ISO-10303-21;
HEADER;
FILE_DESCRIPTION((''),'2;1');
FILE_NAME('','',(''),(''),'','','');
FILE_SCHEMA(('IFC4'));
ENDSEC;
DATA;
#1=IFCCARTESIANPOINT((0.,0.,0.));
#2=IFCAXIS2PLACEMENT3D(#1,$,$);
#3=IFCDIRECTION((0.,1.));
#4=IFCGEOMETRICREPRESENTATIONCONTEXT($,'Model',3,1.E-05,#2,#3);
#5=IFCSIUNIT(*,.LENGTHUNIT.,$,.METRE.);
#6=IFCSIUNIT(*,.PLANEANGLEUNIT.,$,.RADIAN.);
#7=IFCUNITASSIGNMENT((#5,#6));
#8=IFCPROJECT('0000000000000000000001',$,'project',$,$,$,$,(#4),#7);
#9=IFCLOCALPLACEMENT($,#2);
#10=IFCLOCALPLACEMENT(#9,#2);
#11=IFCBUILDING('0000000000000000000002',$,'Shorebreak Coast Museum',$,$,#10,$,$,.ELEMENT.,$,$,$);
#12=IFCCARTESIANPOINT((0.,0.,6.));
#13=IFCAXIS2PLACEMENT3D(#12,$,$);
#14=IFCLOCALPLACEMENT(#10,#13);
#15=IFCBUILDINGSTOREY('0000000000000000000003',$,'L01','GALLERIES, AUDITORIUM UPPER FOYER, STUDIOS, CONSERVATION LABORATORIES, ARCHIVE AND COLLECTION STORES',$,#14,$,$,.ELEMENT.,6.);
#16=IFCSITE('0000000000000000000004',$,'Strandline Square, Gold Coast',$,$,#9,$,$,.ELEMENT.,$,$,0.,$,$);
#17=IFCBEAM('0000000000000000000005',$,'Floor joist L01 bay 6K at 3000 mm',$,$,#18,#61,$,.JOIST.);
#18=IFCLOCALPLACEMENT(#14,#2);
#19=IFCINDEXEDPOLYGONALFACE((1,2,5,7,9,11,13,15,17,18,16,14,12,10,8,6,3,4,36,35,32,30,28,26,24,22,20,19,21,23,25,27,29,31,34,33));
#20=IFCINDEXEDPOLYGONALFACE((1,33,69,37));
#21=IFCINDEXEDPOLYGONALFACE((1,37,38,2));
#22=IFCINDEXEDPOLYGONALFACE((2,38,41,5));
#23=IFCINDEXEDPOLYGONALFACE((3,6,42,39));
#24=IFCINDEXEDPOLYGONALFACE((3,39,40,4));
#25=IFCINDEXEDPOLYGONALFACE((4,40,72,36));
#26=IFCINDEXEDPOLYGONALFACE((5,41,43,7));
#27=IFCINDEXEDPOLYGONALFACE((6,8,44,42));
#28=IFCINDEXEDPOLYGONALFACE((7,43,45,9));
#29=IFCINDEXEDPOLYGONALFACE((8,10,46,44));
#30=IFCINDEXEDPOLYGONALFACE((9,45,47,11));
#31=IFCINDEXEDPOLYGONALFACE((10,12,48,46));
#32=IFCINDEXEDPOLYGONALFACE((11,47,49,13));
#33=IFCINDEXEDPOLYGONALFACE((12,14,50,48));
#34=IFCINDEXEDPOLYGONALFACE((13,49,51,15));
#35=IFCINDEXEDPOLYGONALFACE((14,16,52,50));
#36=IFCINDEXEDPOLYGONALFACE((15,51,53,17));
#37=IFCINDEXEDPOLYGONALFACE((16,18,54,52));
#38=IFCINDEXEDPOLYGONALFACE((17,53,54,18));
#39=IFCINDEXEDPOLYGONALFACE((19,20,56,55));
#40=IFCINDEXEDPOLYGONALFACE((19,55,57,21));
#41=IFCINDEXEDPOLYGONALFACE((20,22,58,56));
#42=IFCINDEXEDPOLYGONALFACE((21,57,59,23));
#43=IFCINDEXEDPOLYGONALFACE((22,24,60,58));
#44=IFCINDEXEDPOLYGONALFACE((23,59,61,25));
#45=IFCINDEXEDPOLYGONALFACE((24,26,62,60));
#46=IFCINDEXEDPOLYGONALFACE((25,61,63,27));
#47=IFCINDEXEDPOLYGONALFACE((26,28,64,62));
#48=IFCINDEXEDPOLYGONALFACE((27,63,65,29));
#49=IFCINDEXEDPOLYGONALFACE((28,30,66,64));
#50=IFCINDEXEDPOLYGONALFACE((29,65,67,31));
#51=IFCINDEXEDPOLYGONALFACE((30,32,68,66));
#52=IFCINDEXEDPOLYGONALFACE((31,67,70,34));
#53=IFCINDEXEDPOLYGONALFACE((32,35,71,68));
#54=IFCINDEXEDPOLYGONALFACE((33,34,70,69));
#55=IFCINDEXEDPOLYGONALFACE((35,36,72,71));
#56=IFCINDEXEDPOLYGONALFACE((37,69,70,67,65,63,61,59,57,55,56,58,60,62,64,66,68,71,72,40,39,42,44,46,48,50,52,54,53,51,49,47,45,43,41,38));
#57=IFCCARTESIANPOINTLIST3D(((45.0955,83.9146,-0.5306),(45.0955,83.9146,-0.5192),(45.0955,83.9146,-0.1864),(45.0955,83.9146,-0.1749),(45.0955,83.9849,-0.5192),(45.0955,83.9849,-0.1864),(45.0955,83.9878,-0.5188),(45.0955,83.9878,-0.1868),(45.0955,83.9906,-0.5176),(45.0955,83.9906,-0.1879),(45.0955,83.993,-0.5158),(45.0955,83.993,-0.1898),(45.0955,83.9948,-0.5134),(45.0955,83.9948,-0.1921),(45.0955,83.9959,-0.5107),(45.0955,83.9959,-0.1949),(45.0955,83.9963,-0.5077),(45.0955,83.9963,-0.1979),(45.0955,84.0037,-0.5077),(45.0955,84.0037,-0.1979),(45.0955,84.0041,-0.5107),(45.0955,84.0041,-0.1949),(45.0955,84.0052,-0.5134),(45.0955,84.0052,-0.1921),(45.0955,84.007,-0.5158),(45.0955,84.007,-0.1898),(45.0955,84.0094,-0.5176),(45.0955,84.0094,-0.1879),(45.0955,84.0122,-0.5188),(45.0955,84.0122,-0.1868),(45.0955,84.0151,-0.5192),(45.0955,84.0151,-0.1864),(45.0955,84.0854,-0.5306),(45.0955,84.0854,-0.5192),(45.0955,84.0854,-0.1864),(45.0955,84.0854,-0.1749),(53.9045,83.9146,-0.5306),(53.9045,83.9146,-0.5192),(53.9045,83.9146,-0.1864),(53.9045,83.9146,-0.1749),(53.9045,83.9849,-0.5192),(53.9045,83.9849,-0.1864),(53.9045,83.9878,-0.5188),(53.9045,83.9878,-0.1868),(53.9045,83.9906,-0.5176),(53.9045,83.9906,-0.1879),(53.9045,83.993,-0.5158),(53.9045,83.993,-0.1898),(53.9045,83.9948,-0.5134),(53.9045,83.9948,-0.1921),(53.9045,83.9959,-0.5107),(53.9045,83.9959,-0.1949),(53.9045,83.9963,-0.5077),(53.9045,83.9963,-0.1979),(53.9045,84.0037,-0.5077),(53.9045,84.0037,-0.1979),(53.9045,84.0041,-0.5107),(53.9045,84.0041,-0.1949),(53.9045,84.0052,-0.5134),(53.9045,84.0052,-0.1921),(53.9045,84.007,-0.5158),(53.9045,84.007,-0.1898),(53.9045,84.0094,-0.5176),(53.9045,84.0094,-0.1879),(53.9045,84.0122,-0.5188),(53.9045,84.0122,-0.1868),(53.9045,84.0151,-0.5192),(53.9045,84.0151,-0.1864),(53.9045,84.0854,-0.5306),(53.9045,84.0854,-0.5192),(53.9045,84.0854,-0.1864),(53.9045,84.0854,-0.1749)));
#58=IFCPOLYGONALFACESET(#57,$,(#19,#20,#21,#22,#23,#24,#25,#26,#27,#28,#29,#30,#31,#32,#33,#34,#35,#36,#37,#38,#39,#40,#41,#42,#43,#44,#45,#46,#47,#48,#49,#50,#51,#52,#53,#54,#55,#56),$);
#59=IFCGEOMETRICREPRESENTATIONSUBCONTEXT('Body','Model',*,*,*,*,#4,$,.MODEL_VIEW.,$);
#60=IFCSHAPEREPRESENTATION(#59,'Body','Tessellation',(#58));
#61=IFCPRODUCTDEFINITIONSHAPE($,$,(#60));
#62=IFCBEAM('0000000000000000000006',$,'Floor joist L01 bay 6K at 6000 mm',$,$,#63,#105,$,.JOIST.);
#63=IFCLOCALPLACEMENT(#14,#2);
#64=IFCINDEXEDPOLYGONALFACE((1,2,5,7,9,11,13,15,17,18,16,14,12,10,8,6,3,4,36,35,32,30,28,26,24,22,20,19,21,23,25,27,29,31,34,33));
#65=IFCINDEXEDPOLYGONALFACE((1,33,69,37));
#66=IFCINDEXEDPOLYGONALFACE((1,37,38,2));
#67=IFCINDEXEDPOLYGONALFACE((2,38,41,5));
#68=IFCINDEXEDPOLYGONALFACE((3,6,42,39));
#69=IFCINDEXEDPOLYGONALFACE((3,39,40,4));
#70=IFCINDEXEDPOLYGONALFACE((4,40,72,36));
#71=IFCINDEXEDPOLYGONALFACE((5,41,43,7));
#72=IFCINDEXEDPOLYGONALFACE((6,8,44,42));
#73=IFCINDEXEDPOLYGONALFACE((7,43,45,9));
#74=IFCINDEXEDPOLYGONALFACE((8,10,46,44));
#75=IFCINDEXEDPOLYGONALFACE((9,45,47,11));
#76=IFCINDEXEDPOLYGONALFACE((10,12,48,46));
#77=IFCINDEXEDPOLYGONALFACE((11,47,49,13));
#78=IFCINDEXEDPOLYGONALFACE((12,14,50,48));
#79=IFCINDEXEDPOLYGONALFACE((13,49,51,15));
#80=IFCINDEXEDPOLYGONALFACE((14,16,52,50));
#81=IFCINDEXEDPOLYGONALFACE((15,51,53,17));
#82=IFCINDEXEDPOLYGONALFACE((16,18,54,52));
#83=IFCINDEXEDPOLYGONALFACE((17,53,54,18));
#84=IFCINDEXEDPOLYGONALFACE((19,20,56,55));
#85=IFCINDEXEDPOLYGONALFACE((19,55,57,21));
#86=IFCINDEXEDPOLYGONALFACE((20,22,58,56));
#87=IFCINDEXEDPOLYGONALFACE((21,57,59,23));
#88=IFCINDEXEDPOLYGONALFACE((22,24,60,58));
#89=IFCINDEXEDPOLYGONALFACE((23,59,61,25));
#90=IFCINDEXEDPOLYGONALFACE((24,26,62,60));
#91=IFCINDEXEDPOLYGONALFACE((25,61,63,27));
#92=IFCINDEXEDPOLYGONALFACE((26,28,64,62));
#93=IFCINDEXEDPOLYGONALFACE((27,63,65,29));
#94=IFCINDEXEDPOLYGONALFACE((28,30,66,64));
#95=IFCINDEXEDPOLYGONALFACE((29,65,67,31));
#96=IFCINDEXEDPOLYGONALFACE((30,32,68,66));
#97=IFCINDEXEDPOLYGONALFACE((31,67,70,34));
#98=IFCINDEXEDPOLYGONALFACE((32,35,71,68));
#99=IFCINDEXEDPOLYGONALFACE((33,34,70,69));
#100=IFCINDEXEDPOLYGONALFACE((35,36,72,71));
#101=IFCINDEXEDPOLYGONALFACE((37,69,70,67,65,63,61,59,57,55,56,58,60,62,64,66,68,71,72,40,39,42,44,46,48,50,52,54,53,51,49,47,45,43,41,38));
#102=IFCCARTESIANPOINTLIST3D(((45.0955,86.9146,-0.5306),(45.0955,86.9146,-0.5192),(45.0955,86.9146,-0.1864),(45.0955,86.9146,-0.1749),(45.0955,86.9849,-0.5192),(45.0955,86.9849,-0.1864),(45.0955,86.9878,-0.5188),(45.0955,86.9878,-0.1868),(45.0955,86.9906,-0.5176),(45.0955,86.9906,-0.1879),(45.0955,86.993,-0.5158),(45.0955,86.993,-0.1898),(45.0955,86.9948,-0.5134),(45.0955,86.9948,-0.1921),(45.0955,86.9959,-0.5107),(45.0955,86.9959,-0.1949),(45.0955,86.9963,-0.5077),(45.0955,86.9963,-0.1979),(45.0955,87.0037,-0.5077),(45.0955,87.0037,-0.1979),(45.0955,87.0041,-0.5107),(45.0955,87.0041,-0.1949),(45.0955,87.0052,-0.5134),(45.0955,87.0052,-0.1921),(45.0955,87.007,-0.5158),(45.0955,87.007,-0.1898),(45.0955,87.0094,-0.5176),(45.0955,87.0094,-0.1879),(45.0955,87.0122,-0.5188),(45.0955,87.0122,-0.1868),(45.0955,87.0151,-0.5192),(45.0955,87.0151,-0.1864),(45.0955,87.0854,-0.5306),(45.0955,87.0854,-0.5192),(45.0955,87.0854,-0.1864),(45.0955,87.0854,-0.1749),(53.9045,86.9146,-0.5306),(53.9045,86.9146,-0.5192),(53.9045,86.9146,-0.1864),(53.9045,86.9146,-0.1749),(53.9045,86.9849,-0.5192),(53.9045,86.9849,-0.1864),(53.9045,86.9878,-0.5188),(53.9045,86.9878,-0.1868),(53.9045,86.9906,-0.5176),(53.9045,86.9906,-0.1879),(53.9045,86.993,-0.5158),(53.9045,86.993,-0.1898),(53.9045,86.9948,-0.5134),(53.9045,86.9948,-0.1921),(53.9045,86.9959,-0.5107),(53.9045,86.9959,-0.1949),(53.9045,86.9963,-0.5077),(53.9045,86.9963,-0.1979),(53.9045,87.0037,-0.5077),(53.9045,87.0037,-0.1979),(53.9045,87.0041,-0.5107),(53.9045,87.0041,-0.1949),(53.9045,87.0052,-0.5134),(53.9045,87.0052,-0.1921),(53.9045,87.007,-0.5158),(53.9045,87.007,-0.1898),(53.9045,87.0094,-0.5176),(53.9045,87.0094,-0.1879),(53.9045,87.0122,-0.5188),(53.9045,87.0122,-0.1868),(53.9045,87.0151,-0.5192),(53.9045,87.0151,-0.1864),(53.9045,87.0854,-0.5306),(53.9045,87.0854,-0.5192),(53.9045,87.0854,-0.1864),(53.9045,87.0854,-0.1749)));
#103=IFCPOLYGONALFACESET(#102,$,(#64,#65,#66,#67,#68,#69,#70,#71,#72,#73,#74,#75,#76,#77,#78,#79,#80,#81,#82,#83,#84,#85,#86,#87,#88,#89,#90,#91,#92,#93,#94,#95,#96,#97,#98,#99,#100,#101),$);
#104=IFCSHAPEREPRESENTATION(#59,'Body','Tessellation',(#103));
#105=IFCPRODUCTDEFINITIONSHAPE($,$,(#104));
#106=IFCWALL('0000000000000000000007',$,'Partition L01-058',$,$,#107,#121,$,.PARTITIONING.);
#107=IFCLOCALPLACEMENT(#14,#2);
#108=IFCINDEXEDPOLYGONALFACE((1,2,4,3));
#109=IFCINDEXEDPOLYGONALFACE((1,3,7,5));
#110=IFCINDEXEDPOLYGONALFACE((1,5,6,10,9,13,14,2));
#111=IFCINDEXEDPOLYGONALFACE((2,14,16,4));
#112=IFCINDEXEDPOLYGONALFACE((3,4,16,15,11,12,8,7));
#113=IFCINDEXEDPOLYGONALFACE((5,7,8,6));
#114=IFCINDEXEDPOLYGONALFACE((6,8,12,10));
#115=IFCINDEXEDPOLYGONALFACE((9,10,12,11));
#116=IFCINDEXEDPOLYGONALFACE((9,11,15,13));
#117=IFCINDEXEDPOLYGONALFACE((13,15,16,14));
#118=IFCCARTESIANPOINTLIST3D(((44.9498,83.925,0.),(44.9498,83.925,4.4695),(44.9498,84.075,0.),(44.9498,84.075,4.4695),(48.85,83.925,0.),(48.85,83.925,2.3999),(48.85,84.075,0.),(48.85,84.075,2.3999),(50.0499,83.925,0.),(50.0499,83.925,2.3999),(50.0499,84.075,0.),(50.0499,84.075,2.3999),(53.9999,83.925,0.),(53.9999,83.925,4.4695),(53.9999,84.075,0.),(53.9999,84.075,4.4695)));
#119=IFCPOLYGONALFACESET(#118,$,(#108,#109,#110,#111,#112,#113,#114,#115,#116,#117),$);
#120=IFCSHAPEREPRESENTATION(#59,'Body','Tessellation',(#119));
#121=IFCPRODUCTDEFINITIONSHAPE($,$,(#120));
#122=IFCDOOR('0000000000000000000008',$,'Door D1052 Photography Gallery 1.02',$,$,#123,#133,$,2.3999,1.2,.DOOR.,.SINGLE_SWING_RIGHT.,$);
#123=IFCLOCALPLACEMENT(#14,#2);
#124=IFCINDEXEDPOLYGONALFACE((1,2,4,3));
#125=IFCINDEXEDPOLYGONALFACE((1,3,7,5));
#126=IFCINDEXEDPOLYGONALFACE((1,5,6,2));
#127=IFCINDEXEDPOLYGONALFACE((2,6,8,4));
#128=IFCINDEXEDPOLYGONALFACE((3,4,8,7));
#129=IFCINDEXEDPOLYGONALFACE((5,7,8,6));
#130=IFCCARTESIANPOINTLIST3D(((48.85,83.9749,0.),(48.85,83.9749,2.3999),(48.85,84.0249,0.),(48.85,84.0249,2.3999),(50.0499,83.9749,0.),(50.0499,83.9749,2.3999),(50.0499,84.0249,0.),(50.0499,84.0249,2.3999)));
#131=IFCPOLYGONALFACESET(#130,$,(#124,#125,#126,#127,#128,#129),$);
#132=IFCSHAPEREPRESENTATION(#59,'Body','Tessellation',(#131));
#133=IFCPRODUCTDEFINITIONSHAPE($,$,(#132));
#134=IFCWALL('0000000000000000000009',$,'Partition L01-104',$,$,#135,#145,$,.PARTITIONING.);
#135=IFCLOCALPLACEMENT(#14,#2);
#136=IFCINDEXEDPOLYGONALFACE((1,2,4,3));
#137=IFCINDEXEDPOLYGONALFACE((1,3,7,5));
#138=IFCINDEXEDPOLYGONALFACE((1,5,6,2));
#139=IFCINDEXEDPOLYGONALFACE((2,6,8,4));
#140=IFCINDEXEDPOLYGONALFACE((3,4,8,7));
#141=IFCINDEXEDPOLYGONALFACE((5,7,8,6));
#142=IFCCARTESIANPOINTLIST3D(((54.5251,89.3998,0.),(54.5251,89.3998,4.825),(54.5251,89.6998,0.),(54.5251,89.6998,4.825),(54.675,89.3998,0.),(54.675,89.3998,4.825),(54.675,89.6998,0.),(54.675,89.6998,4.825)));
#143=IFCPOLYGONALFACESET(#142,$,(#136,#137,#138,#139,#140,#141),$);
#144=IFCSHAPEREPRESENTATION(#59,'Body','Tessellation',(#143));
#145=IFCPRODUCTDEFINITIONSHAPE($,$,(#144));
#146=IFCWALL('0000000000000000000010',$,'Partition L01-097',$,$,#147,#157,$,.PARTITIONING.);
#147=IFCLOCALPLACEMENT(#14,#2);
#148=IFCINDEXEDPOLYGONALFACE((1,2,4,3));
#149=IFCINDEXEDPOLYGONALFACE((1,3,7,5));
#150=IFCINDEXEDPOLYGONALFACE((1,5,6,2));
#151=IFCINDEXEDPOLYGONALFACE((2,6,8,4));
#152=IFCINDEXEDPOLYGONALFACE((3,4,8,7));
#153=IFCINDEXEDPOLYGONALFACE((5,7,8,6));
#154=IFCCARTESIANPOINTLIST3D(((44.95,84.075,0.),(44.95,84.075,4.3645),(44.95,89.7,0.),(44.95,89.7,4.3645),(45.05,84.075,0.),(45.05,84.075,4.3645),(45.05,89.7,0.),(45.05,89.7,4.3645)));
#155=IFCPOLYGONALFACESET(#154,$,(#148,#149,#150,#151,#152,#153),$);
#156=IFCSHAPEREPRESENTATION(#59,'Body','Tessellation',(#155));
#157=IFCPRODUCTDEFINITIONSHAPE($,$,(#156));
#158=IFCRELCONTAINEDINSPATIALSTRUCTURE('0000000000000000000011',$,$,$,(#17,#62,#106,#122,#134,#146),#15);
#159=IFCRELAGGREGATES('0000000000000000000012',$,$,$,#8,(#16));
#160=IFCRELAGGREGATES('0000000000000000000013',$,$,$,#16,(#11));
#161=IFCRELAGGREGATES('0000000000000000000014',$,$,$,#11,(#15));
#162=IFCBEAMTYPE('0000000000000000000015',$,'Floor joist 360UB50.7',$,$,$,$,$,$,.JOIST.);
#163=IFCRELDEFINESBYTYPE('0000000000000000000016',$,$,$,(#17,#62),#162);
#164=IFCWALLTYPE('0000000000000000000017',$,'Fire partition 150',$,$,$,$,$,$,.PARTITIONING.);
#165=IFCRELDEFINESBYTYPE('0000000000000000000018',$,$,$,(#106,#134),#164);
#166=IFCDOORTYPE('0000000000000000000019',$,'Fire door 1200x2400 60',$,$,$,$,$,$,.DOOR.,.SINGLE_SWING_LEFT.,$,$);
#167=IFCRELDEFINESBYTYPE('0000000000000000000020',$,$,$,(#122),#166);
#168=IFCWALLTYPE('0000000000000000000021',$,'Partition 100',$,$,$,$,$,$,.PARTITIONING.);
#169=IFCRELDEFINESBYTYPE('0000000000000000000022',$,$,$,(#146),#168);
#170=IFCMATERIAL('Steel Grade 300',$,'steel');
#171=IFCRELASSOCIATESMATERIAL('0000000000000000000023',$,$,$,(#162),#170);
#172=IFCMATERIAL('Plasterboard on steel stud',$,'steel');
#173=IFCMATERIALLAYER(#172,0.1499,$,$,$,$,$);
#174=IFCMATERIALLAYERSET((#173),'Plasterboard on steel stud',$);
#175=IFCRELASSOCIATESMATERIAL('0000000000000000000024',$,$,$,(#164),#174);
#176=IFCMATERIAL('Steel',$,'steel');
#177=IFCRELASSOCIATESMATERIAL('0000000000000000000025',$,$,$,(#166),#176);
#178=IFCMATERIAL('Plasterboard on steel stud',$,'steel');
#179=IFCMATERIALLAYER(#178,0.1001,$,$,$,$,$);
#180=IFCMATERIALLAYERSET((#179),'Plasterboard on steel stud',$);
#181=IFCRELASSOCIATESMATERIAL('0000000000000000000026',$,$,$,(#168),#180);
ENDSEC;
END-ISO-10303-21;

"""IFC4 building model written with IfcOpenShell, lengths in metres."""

from ifc_helpers import new_model, si_unit, direction, frame, frame_2d, origin, origin_2d, place, context, subcontext, project, spatial, rectangle, i_section, extrude, material, layer, layer_set, material_profile, profile_set, type_object, element, fill, save


model = new_model("IFC4")

# Units and contexts
model_context = context("Model", 3, precision=1e-05, world=origin(), true_north=direction((0.0, 1.0)))
body_context = subcontext(model_context, "Body", "Model", "MODEL_VIEW")
ifc_project = project(units=[si_unit("LENGTHUNIT", "METRE"), si_unit("PLANEANGLEUNIT", "RADIAN")], contexts=[model_context])

# Site, building, storey
site_placement = place(None, origin())
site = spatial("IfcSite", under=ifc_project, at=site_placement, Name="Strandline Square, Gold Coast", CompositionType="ELEMENT", RefElevation=0.0)
building_placement = place(site_placement, origin())
building = spatial("IfcBuilding", under=site, at=building_placement, Name="Shorebreak Coast Museum", CompositionType="ELEMENT")
storey_placement = place(building_placement, frame((0.0, 0.0, 6.0)))
storey = spatial("IfcBuildingStorey", under=building, at=storey_placement, Name="L01", Description="GALLERIES, AUDITORIUM UPPER FOYER, STUDIOS, CONSERVATION LABORATORIES, ARCHIVE AND COLLECTION STORES", CompositionType="ELEMENT", Elevation=6.0)

# Beams
ifc_material_1 = material(Name="Steel Grade 300", Category="steel")
ifc_material_profile_1 = material_profile(ifc_material_1, i_section(OverallWidth=0.1709, OverallDepth=0.3557, WebThickness=0.0073, FlangeThickness=0.0115, FilletRadius=0.0115, at=origin_2d()), Name="360UB50.7")
ifc_profile_set_1 = profile_set([ifc_material_profile_1], Name="Steel Grade 300")
beam_type_1 = type_object("IfcBeamType", Name="Floor joist 360UB50.7", PredefinedType="JOIST", material=ifc_profile_set_1)
for number, where, z_axis, x_axis, name in (
    (1, (45.0955, 84.0, -0.3528), (1.0, 0.0, 0.0), (0.0, 1.0, 0.0), "Floor joist L01 bay 6K at 3000 mm"),
    (2, (45.0955, 87.0, -0.3528), (1.0, 0.0, 0.0), (0.0, 1.0, 0.0), "Floor joist L01 bay 6K at 6000 mm"),
):
    element("IfcBeam", number, at=place(storey_placement, frame(where, z_axis=z_axis, x_axis=x_axis)), inside=storey, type_object=beam_type_1, Name=name, PredefinedType="JOIST", context=body_context, shape_type="SweptSolid", body=[
        extrude(i_section(OverallWidth=0.1709, OverallDepth=0.3557, WebThickness=0.0073, FlangeThickness=0.0115, FilletRadius=0.0115, at=origin_2d()), origin(), (0.0, 0.0, 1.0), 8.8091),
    ])

# Wall, opening, door
ifc_material_2 = material(Name="Plasterboard on steel stud", Category="steel")
ifc_layer_1 = layer(ifc_material_2, 0.1499)
ifc_layer_set_1 = layer_set([ifc_layer_1], Name="Plasterboard on steel stud")
wall_type_1 = type_object("IfcWallType", Name="Fire partition 150", PredefinedType="PARTITIONING", material=ifc_layer_set_1)
wall_1_placement = place(storey_placement, frame((44.95, 84.0, 0.0), z_axis=(0.0, 0.0, 1.0), x_axis=(1.0, 0.0, 0.0)))
wall_1 = element("IfcWall", 3, at=wall_1_placement, inside=storey, type_object=wall_type_1, Name="Partition L01-058", PredefinedType="PARTITIONING", context=body_context, shape_type="SweptSolid", body=[
    extrude(rectangle(XDim=9.05, YDim=0.1499, at=frame_2d((4.5249, 0.0))), origin(), (0.0, 0.0, 1.0), 4.4695),
])
opening_1_placement = place(wall_1_placement, frame((3.8999, 0.0, 0.0)))
opening_1 = element("IfcOpeningElement", 4, at=opening_1_placement, cuts=wall_1, PredefinedType="OPENING", context=body_context, shape_type="SweptSolid", body=[
    extrude(rectangle(XDim=1.2, YDim=2.3999, at=frame_2d((0.6001, 1.2))), frame((0.0, 0.085, 0.0), z_axis=(0.0, -1.0, 0.0), x_axis=(1.0, 0.0, 0.0)), (0.0, 0.0, 1.0), 0.1699),
])
ifc_material_3 = material(Name="Steel", Category="steel")
door_type_1 = type_object("IfcDoorType", Name="Fire door 1200x2400 60", OperationType="SINGLE_SWING_LEFT", PredefinedType="DOOR", material=ifc_material_3)
door_1_placement = place(opening_1_placement, origin())
door_1 = element("IfcDoor", 5, at=door_1_placement, inside=storey, type_object=door_type_1, Name="Door D1052 Photography Gallery 1.02", OperationType="SINGLE_SWING_RIGHT", OverallHeight=2.3999, OverallWidth=1.2, PredefinedType="DOOR", context=body_context, shape_type="SweptSolid", body=[
    extrude(rectangle(XDim=1.2, YDim=2.3999, at=frame_2d((0.6001, 1.2))), frame((0.0, 0.0249, 0.0), z_axis=(0.0, -1.0, 0.0), x_axis=(1.0, 0.0, 0.0)), (0.0, 0.0, 1.0), 0.05),
])
fill(opening_1, door_1)

# Walls
wall_2_placement = place(storey_placement, frame((54.6001, 89.3999, 0.0), z_axis=(0.0, 0.0, 1.0), x_axis=(0.0, 1.0, 0.0)))
element("IfcWall", 6, at=wall_2_placement, inside=storey, type_object=wall_type_1, Name="Partition L01-104", PredefinedType="PARTITIONING", context=body_context, shape_type="SweptSolid", body=[
    extrude(rectangle(XDim=0.3, YDim=0.1499, at=frame_2d((0.1499, 0.0))), origin(), (0.0, 0.0, 1.0), 4.825),
])
ifc_material_4 = material(Name="Plasterboard on steel stud", Category="steel")
ifc_layer_2 = layer(ifc_material_4, 0.1001)
ifc_layer_set_2 = layer_set([ifc_layer_2], Name="Plasterboard on steel stud")
wall_type_2 = type_object("IfcWallType", Name="Partition 100", PredefinedType="PARTITIONING", material=ifc_layer_set_2)
wall_3_placement = place(storey_placement, frame((45.0, 84.075, 0.0), z_axis=(0.0, 0.0, 1.0), x_axis=(0.0, 1.0, 0.0)))
element("IfcWall", 7, at=wall_3_placement, inside=storey, type_object=wall_type_2, Name="Partition L01-097", PredefinedType="PARTITIONING", context=body_context, shape_type="SweptSolid", body=[
    extrude(rectangle(XDim=5.625, YDim=0.1001, at=frame_2d((2.8125, 0.0))), origin(), (0.0, 0.0, 1.0), 4.3645),
])

save(model, "model.ifc")
